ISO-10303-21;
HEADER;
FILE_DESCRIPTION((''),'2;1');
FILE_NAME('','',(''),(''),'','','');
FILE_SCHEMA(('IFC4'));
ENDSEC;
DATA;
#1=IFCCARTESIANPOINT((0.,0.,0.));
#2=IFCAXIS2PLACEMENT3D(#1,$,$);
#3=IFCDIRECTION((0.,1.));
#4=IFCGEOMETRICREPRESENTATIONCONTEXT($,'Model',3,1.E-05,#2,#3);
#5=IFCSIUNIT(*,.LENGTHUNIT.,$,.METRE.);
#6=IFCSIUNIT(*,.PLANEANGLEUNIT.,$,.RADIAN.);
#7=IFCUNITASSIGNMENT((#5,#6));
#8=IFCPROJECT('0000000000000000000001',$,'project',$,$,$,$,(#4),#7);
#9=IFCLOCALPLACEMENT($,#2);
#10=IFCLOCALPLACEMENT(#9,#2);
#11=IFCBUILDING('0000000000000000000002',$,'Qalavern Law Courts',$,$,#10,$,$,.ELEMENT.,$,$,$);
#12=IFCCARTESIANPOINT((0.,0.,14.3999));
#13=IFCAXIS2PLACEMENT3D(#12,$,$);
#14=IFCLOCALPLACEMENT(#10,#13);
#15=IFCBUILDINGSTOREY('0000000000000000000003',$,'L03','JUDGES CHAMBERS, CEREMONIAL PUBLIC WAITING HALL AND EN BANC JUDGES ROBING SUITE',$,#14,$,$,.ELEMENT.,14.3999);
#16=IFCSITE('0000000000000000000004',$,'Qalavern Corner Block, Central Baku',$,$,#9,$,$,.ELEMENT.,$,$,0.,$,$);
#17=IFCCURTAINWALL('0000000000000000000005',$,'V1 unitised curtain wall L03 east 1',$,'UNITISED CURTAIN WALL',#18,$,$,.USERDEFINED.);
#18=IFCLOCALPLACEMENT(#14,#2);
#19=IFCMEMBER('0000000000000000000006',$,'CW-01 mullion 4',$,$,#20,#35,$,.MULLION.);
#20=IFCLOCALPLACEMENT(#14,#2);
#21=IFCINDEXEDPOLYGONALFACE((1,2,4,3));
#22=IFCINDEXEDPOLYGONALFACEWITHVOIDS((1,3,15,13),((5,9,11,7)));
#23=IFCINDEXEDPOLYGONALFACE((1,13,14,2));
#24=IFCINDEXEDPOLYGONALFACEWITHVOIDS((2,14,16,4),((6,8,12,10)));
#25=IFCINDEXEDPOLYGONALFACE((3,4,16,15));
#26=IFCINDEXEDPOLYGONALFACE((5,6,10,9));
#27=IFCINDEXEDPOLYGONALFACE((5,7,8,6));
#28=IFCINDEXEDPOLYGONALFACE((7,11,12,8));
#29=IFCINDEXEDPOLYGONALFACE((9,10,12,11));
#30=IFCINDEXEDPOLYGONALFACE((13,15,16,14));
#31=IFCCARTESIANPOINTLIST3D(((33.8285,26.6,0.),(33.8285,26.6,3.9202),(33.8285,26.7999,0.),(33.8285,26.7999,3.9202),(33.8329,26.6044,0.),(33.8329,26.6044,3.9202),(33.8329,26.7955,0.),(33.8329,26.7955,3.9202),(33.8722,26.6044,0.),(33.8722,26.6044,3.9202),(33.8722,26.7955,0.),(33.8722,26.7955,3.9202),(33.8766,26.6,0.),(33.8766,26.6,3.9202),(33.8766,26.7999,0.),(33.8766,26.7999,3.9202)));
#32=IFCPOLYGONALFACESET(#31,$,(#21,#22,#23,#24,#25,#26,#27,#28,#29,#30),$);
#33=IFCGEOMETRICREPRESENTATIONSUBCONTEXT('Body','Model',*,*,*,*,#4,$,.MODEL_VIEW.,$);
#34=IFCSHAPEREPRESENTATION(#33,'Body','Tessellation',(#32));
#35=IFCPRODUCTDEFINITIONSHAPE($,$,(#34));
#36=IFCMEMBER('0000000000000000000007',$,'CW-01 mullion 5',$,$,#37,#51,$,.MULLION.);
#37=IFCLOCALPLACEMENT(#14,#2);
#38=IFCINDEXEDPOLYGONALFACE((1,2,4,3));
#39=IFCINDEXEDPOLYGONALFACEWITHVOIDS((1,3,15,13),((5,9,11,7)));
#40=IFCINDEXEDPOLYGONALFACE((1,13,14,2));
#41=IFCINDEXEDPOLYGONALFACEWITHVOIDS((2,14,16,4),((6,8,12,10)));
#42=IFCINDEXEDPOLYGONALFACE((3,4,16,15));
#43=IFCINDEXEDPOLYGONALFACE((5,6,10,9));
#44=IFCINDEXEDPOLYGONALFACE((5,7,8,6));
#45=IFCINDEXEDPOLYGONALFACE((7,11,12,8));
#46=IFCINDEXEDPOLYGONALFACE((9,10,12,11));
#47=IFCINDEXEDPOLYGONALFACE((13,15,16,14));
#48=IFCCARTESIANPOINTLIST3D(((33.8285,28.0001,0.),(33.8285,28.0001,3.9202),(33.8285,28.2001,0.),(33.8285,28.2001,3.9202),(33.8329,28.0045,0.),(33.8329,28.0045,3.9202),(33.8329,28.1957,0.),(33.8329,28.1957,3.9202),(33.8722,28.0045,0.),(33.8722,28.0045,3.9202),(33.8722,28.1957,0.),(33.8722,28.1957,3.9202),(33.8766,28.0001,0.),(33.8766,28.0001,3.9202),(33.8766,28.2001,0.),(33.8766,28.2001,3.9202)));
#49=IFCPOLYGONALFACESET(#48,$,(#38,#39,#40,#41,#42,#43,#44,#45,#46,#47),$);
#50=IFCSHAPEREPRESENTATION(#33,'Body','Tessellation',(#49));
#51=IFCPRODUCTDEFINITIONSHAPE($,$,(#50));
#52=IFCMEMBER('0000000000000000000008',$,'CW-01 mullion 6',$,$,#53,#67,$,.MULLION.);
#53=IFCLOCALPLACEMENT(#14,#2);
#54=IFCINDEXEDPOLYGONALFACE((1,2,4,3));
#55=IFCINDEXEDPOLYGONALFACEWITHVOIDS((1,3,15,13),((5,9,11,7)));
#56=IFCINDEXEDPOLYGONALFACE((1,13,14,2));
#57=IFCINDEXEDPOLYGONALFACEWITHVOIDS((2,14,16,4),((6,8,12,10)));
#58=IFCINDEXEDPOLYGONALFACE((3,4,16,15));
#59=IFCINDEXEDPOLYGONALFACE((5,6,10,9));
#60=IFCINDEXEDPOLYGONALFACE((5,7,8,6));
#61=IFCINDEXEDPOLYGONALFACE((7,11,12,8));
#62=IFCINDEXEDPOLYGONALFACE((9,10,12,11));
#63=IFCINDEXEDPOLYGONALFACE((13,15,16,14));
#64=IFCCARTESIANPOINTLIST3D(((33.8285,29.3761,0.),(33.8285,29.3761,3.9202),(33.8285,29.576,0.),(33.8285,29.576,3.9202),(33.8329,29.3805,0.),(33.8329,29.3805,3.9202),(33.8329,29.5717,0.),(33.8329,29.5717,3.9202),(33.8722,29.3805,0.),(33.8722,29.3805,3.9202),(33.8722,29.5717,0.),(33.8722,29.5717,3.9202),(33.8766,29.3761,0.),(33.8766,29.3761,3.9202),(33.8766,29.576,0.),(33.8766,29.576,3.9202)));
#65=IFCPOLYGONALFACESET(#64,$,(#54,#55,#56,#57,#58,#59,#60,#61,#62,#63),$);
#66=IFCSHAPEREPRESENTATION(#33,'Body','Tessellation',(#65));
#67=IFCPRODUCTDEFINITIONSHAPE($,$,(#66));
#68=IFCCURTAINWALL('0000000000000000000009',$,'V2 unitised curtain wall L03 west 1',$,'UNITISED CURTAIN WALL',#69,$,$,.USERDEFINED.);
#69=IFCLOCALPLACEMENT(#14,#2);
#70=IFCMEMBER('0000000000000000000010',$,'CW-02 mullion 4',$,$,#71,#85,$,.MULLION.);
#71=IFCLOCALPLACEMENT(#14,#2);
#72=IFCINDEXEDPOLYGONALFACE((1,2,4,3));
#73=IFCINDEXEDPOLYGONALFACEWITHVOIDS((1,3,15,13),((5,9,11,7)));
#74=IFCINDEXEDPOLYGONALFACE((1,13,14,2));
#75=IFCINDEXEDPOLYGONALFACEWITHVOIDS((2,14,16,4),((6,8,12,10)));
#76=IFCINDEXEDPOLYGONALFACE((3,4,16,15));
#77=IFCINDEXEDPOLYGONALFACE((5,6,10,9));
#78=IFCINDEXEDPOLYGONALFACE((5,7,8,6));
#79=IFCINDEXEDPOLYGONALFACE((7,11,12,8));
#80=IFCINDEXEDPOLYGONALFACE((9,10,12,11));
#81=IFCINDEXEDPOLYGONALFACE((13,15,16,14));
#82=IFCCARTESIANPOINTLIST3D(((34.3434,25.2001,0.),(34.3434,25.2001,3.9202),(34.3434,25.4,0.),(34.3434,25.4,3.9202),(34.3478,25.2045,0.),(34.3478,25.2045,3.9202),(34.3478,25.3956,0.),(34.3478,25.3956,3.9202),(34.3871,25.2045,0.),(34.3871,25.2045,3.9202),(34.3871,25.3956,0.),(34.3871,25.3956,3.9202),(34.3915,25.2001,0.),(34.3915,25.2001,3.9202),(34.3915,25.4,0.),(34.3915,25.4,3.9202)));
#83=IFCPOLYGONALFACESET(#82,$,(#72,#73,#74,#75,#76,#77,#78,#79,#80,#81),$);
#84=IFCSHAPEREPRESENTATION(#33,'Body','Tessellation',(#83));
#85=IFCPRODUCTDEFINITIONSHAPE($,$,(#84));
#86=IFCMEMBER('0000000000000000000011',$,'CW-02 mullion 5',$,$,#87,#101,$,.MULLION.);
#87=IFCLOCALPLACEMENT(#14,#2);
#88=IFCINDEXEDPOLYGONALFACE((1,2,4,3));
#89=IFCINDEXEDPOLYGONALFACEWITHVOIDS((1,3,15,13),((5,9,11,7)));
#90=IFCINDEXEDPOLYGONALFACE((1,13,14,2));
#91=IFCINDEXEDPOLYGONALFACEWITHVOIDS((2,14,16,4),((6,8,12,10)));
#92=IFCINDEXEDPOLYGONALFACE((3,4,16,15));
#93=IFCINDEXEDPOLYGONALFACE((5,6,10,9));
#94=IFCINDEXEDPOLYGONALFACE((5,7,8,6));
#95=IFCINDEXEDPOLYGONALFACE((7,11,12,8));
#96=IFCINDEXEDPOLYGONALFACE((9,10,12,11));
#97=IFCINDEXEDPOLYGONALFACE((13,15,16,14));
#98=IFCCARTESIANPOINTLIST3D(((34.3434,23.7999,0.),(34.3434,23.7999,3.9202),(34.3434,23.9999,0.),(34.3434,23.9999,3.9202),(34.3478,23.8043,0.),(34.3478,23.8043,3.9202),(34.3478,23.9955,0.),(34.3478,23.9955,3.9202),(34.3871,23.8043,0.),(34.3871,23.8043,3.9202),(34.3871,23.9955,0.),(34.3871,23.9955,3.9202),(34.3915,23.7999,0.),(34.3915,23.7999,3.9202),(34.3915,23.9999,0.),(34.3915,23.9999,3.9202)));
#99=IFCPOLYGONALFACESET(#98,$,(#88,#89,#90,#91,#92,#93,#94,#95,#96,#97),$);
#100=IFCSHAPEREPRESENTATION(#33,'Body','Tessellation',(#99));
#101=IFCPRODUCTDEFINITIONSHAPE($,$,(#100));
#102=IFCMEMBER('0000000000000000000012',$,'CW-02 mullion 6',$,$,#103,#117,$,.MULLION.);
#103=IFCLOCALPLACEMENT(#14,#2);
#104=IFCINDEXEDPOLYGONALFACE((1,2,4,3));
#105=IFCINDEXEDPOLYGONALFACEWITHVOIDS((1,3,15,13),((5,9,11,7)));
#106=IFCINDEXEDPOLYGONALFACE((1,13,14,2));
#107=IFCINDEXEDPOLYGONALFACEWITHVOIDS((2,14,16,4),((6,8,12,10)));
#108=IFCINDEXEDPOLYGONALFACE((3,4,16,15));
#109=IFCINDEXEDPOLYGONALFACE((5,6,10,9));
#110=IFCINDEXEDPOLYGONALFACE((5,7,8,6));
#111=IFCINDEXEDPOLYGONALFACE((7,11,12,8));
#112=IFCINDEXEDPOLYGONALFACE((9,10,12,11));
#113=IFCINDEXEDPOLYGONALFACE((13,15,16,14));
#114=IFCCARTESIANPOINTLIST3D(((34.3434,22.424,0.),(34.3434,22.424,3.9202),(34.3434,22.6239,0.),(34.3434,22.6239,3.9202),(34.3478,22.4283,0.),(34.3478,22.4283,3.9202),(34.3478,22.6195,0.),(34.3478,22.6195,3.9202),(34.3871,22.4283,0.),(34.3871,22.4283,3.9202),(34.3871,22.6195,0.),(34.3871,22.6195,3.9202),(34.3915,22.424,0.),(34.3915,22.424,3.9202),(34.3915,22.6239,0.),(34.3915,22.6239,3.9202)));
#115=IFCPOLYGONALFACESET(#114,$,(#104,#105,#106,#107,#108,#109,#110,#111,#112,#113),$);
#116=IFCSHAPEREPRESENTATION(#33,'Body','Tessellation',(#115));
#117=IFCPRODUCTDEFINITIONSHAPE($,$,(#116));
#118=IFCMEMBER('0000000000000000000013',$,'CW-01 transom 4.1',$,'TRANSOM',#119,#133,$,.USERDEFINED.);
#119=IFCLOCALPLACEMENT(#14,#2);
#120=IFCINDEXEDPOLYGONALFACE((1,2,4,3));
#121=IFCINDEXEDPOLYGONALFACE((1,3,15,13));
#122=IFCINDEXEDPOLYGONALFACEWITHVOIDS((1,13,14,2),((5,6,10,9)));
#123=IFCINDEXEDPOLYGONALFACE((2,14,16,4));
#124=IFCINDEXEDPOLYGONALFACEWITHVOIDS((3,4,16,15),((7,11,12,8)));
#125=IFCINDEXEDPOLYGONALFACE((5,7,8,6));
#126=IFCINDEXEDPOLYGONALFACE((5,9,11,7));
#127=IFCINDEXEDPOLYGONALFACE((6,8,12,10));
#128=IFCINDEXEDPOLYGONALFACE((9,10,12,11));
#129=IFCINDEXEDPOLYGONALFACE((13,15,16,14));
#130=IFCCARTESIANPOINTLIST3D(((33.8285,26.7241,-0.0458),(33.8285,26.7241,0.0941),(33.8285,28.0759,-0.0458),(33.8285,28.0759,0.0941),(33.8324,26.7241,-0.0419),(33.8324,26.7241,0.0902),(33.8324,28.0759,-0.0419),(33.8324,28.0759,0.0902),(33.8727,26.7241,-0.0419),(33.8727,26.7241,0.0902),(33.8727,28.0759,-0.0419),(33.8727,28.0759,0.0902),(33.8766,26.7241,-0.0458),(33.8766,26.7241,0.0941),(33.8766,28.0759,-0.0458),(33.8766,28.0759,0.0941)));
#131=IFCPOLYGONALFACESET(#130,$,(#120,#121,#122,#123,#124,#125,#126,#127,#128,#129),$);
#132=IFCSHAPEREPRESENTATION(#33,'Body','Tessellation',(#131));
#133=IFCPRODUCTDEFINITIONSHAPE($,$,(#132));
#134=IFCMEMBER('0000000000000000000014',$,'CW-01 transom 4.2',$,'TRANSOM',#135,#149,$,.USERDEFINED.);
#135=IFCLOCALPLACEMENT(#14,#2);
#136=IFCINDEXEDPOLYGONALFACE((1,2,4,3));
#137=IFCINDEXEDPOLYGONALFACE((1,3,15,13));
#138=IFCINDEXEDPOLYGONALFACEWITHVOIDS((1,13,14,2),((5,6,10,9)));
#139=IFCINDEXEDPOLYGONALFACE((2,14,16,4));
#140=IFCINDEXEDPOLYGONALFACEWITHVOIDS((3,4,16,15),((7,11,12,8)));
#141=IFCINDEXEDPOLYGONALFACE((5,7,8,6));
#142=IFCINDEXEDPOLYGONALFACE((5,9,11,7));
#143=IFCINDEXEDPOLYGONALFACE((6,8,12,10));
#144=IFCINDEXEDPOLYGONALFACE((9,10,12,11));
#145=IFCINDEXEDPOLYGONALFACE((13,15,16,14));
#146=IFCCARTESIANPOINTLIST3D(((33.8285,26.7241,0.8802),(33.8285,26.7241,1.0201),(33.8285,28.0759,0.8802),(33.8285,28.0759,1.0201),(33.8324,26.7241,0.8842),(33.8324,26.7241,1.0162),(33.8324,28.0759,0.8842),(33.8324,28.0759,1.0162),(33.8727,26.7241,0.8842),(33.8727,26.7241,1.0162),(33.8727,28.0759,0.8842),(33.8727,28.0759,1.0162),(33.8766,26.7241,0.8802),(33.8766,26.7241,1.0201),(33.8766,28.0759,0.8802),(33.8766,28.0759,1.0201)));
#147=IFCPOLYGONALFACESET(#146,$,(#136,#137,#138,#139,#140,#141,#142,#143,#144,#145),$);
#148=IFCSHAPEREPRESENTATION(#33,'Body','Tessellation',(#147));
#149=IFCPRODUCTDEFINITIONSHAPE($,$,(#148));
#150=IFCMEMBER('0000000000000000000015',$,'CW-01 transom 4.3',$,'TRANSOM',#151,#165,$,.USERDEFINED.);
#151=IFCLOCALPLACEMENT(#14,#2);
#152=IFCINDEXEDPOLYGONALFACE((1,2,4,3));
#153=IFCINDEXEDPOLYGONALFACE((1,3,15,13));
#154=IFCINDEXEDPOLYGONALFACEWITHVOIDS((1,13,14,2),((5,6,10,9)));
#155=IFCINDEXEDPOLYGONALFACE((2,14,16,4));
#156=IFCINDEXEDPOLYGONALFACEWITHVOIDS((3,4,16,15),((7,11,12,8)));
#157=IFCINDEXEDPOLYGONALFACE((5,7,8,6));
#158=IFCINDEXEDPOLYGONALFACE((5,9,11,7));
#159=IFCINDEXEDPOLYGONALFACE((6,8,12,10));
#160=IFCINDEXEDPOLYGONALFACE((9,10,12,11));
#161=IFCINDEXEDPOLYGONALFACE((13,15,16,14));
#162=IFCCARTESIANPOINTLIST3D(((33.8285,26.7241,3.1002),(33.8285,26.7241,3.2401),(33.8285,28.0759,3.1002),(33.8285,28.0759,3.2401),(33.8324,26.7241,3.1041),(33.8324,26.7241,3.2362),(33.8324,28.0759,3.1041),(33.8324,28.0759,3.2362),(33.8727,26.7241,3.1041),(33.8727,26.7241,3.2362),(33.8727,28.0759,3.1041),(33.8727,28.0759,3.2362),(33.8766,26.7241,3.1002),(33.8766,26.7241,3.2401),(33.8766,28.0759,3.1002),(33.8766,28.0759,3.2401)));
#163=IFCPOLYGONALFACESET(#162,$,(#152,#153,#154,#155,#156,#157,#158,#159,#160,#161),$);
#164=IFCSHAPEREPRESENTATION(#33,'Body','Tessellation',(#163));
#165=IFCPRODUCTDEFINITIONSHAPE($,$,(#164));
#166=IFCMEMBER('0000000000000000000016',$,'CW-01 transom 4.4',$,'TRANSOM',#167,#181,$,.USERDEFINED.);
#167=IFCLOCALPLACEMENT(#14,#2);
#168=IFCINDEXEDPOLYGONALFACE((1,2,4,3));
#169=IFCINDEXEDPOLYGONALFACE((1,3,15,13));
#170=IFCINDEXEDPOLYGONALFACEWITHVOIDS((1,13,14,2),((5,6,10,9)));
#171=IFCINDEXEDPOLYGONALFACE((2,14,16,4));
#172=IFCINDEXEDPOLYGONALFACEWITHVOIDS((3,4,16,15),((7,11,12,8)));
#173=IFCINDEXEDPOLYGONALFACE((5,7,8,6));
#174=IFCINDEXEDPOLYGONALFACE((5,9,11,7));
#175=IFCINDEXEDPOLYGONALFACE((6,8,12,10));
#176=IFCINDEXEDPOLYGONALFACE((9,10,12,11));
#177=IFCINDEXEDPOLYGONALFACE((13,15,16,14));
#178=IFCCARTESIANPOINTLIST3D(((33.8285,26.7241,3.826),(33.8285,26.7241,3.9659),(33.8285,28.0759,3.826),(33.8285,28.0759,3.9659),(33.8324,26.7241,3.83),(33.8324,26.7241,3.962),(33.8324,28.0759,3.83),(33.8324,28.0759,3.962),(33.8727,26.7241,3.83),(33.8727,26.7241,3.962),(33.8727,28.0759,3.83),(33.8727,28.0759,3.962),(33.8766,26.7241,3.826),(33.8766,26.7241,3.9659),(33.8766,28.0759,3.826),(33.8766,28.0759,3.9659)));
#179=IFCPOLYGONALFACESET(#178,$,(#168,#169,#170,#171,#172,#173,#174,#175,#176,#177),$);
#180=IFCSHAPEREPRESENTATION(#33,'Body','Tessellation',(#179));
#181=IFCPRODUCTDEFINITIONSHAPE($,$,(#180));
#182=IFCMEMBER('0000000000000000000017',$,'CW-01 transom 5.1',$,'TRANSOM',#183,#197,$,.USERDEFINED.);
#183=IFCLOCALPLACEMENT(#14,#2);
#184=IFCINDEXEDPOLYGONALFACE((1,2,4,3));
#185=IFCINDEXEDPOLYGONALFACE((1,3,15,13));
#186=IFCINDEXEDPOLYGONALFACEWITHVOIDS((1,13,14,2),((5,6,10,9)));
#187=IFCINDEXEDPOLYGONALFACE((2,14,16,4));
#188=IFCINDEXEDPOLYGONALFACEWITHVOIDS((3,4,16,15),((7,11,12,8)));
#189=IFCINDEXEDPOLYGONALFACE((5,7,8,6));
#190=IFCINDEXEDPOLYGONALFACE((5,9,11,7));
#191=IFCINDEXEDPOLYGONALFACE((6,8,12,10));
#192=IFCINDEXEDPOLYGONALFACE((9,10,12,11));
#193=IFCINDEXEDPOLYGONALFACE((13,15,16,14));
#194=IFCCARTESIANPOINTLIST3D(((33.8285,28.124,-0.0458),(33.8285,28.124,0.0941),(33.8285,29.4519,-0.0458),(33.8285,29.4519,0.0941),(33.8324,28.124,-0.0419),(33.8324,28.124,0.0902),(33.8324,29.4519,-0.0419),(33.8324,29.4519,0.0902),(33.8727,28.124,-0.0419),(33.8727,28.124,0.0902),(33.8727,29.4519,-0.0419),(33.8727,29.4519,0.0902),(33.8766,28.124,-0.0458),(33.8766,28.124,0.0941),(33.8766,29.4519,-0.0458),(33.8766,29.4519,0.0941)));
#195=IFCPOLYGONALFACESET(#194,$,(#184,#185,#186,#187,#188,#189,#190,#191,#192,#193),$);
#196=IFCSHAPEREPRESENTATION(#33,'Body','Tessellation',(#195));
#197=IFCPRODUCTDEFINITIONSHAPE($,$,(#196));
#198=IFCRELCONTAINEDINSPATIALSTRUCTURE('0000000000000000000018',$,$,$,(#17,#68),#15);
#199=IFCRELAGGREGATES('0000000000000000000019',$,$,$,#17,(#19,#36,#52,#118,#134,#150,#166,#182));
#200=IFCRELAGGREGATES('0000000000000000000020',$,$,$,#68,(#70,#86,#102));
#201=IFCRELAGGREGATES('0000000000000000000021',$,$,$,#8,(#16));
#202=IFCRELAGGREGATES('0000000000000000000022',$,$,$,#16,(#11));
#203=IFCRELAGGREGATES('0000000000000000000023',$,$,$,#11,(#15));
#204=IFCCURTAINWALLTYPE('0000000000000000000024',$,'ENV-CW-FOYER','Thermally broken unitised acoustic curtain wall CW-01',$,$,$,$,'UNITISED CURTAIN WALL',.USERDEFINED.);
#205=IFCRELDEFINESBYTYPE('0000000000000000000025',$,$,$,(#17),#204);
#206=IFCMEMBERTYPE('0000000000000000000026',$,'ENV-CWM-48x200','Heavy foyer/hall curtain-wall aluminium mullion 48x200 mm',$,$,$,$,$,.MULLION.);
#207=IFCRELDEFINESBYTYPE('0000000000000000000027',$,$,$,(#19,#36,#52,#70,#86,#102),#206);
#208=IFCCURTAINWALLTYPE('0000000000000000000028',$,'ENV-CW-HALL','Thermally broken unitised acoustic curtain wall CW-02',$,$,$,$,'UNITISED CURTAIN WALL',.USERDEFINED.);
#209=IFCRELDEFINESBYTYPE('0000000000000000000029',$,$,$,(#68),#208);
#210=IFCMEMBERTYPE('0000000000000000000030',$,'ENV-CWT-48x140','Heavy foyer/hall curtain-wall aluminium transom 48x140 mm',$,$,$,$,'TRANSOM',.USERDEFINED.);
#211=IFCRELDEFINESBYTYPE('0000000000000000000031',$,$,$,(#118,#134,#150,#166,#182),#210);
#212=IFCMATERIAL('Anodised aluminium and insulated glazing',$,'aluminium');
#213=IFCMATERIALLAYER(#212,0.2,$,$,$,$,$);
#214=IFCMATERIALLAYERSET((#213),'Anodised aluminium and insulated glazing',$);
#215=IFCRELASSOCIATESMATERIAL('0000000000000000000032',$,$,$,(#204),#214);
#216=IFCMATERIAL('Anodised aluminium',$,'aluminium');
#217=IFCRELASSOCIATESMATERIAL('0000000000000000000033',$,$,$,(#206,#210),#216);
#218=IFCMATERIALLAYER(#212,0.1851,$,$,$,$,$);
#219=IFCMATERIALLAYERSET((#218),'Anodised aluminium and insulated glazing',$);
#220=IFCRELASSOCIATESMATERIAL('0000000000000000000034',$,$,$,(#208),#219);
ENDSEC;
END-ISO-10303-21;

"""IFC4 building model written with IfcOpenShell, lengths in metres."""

from ifc_helpers import new_model, si_unit, direction, frame, origin, origin_2d, place, context, subcontext, project, spatial, hollow_rectangle, extrude, material, layer, layer_set, material_profile, profile_set, type_object, element, aggregate, save


model = new_model("IFC4")

# Units and contexts
model_context = context("Model", 3, precision=1e-05, world=origin(), true_north=direction((0.0, 1.0)))
body_context = subcontext(model_context, "Body", "Model", "MODEL_VIEW")
ifc_project = project(units=[si_unit("LENGTHUNIT", "METRE"), si_unit("PLANEANGLEUNIT", "RADIAN")], contexts=[model_context])

# Site, building, storey
site_placement = place(None, origin())
site = spatial("IfcSite", under=ifc_project, at=site_placement, Name="Qalavern Corner Block, Central Baku", CompositionType="ELEMENT", RefElevation=0.0)
building_placement = place(site_placement, origin())
building = spatial("IfcBuilding", under=site, at=building_placement, Name="Qalavern Law Courts", CompositionType="ELEMENT")
storey_placement = place(building_placement, frame((0.0, 0.0, 14.3999)))
storey = spatial("IfcBuildingStorey", under=building, at=storey_placement, Name="L03", Description="JUDGES CHAMBERS, CEREMONIAL PUBLIC WAITING HALL AND EN BANC JUDGES ROBING SUITE", CompositionType="ELEMENT", Elevation=14.3999)

# Curtain walls, members
ifc_material_1 = material(Name="Anodised aluminium and insulated glazing", Category="aluminium")
ifc_layer_1 = layer(ifc_material_1, 0.2)
ifc_layer_set_1 = layer_set([ifc_layer_1], Name="Anodised aluminium and insulated glazing")
curtain_wall_type_1 = type_object("IfcCurtainWallType", Name="ENV-CW-FOYER", Description="Thermally broken unitised acoustic curtain wall CW-01", ElementType="UNITISED CURTAIN WALL", PredefinedType="USERDEFINED", material=ifc_layer_set_1)
curtain_wall_1_placement = place(storey_placement, origin())
curtain_wall_1 = element("IfcCurtainWall", 1, at=curtain_wall_1_placement, inside=storey, type_object=curtain_wall_type_1, Name="V1 unitised curtain wall L03 east 1", ObjectType="UNITISED CURTAIN WALL", PredefinedType="USERDEFINED")
ifc_material_2 = material(Name="Anodised aluminium", Category="aluminium")
ifc_material_profile_1 = material_profile(ifc_material_2, hollow_rectangle(XDim=0.0481, YDim=0.2, WallThickness=0.0044, at=origin_2d()), Name="ALU MULLION 48x200")
ifc_profile_set_1 = profile_set([ifc_material_profile_1], Name="Anodised aluminium")
member_type_1 = type_object("IfcMemberType", Name="ENV-CWM-48x200", Description="Heavy foyer/hall curtain-wall aluminium mullion 48x200 mm", PredefinedType="MULLION", material=ifc_profile_set_1)
member_1_placement = place(storey_placement, frame((33.8525, 26.7, 0.0), z_axis=(0.0, 0.0, 1.0), x_axis=(-1.0, 0.0, 0.0)))
member_1 = element("IfcMember", 2, at=member_1_placement, type_object=member_type_1, Name="CW-01 mullion 4", PredefinedType="MULLION", context=body_context, shape_type="SweptSolid", body=[
    extrude(hollow_rectangle(XDim=0.0481, YDim=0.2, WallThickness=0.0044, at=origin_2d()), origin(), (0.0, 0.0, 1.0), 3.9202),
])
member_2_placement = place(storey_placement, frame((33.8525, 28.1001, 0.0), z_axis=(0.0, 0.0, 1.0), x_axis=(-1.0, 0.0, 0.0)))
member_2 = element("IfcMember", 3, at=member_2_placement, type_object=member_type_1, Name="CW-01 mullion 5", PredefinedType="MULLION", context=body_context, shape_type="SweptSolid", body=[
    extrude(hollow_rectangle(XDim=0.0481, YDim=0.2, WallThickness=0.0044, at=origin_2d()), origin(), (0.0, 0.0, 1.0), 3.9202),
])
member_3_placement = place(storey_placement, frame((33.8525, 29.4761, 0.0), z_axis=(0.0, 0.0, 1.0), x_axis=(-1.0, 0.0, 0.0)))
member_3 = element("IfcMember", 4, at=member_3_placement, type_object=member_type_1, Name="CW-01 mullion 6", PredefinedType="MULLION", context=body_context, shape_type="SweptSolid", body=[
    extrude(hollow_rectangle(XDim=0.0481, YDim=0.2, WallThickness=0.0044, at=origin_2d()), origin(), (0.0, 0.0, 1.0), 3.9202),
])
ifc_layer_2 = layer(ifc_material_1, 0.1851)
ifc_layer_set_2 = layer_set([ifc_layer_2], Name="Anodised aluminium and insulated glazing")
curtain_wall_type_2 = type_object("IfcCurtainWallType", Name="ENV-CW-HALL", Description="Thermally broken unitised acoustic curtain wall CW-02", ElementType="UNITISED CURTAIN WALL", PredefinedType="USERDEFINED", material=ifc_layer_set_2)
curtain_wall_2_placement = place(storey_placement, origin())
curtain_wall_2 = element("IfcCurtainWall", 5, at=curtain_wall_2_placement, inside=storey, type_object=curtain_wall_type_2, Name="V2 unitised curtain wall L03 west 1", ObjectType="UNITISED CURTAIN WALL", PredefinedType="USERDEFINED")
member_4_placement = place(storey_placement, frame((34.3674, 25.3, 0.0), z_axis=(0.0, 0.0, 1.0), x_axis=(1.0, 0.0, 0.0)))
member_4 = element("IfcMember", 6, at=member_4_placement, type_object=member_type_1, Name="CW-02 mullion 4", PredefinedType="MULLION", context=body_context, shape_type="SweptSolid", body=[
    extrude(hollow_rectangle(XDim=0.0481, YDim=0.2, WallThickness=0.0044, at=origin_2d()), origin(), (0.0, 0.0, 1.0), 3.9202),
])
member_5_placement = place(storey_placement, frame((34.3674, 23.8999, 0.0), z_axis=(0.0, 0.0, 1.0), x_axis=(1.0, 0.0, 0.0)))
member_5 = element("IfcMember", 7, at=member_5_placement, type_object=member_type_1, Name="CW-02 mullion 5", PredefinedType="MULLION", context=body_context, shape_type="SweptSolid", body=[
    extrude(hollow_rectangle(XDim=0.0481, YDim=0.2, WallThickness=0.0044, at=origin_2d()), origin(), (0.0, 0.0, 1.0), 3.9202),
])
member_6_placement = place(storey_placement, frame((34.3674, 22.5239, 0.0), z_axis=(0.0, 0.0, 1.0), x_axis=(1.0, 0.0, 0.0)))
member_6 = element("IfcMember", 8, at=member_6_placement, type_object=member_type_1, Name="CW-02 mullion 6", PredefinedType="MULLION", context=body_context, shape_type="SweptSolid", body=[
    extrude(hollow_rectangle(XDim=0.0481, YDim=0.2, WallThickness=0.0044, at=origin_2d()), origin(), (0.0, 0.0, 1.0), 3.9202),
])

# Members
ifc_material_profile_2 = material_profile(ifc_material_2, hollow_rectangle(XDim=0.0481, YDim=0.1399, WallThickness=0.0039, at=origin_2d()), Name="ALU TRANSOM 48x140")
ifc_profile_set_2 = profile_set([ifc_material_profile_2], Name="Anodised aluminium")
member_type_2 = type_object("IfcMemberType", Name="ENV-CWT-48x140", Description="Heavy foyer/hall curtain-wall aluminium transom 48x140 mm", ElementType="TRANSOM", PredefinedType="USERDEFINED", material=ifc_profile_set_2)
member_7_placement = place(storey_placement, frame((33.8525, 26.7241, 0.0242), z_axis=(0.0, 1.0, 0.0), x_axis=(-1.0, 0.0, 0.0)))
member_7 = element("IfcMember", 9, at=member_7_placement, type_object=member_type_2, Name="CW-01 transom 4.1", ObjectType="TRANSOM", PredefinedType="USERDEFINED", context=body_context, shape_type="SweptSolid", body=[
    extrude(hollow_rectangle(XDim=0.0481, YDim=0.1399, WallThickness=0.0039, at=origin_2d()), origin(), (0.0, 0.0, 1.0), 1.3518),
])
member_8_placement = place(storey_placement, frame((33.8525, 26.7241, 0.9502), z_axis=(0.0, 1.0, 0.0), x_axis=(-1.0, 0.0, 0.0)))
member_8 = element("IfcMember", 10, at=member_8_placement, type_object=member_type_2, Name="CW-01 transom 4.2", ObjectType="TRANSOM", PredefinedType="USERDEFINED", context=body_context, shape_type="SweptSolid", body=[
    extrude(hollow_rectangle(XDim=0.0481, YDim=0.1399, WallThickness=0.0039, at=origin_2d()), origin(), (0.0, 0.0, 1.0), 1.3518),
])
member_9_placement = place(storey_placement, frame((33.8525, 26.7241, 3.1702), z_axis=(0.0, 1.0, 0.0), x_axis=(-1.0, 0.0, 0.0)))
member_9 = element("IfcMember", 11, at=member_9_placement, type_object=member_type_2, Name="CW-01 transom 4.3", ObjectType="TRANSOM", PredefinedType="USERDEFINED", context=body_context, shape_type="SweptSolid", body=[
    extrude(hollow_rectangle(XDim=0.0481, YDim=0.1399, WallThickness=0.0039, at=origin_2d()), origin(), (0.0, 0.0, 1.0), 1.3518),
])
member_10_placement = place(storey_placement, frame((33.8525, 26.7241, 3.896), z_axis=(0.0, 1.0, 0.0), x_axis=(-1.0, 0.0, 0.0)))
member_10 = element("IfcMember", 12, at=member_10_placement, type_object=member_type_2, Name="CW-01 transom 4.4", ObjectType="TRANSOM", PredefinedType="USERDEFINED", context=body_context, shape_type="SweptSolid", body=[
    extrude(hollow_rectangle(XDim=0.0481, YDim=0.1399, WallThickness=0.0039, at=origin_2d()), origin(), (0.0, 0.0, 1.0), 1.3518),
])
member_11_placement = place(storey_placement, frame((33.8525, 28.124, 0.0242), z_axis=(0.0, 1.0, 0.0), x_axis=(-1.0, 0.0, 0.0)))
member_11 = element("IfcMember", 13, at=member_11_placement, type_object=member_type_2, Name="CW-01 transom 5.1", ObjectType="TRANSOM", PredefinedType="USERDEFINED", context=body_context, shape_type="SweptSolid", body=[
    extrude(hollow_rectangle(XDim=0.0481, YDim=0.1399, WallThickness=0.0039, at=origin_2d()), origin(), (0.0, 0.0, 1.0), 1.3279),
])

aggregate(curtain_wall_1, [member_1, member_2, member_3, member_7, member_8, member_9, member_10, member_11])
aggregate(curtain_wall_2, [member_4, member_5, member_6])

save(model, "model.ifc")
